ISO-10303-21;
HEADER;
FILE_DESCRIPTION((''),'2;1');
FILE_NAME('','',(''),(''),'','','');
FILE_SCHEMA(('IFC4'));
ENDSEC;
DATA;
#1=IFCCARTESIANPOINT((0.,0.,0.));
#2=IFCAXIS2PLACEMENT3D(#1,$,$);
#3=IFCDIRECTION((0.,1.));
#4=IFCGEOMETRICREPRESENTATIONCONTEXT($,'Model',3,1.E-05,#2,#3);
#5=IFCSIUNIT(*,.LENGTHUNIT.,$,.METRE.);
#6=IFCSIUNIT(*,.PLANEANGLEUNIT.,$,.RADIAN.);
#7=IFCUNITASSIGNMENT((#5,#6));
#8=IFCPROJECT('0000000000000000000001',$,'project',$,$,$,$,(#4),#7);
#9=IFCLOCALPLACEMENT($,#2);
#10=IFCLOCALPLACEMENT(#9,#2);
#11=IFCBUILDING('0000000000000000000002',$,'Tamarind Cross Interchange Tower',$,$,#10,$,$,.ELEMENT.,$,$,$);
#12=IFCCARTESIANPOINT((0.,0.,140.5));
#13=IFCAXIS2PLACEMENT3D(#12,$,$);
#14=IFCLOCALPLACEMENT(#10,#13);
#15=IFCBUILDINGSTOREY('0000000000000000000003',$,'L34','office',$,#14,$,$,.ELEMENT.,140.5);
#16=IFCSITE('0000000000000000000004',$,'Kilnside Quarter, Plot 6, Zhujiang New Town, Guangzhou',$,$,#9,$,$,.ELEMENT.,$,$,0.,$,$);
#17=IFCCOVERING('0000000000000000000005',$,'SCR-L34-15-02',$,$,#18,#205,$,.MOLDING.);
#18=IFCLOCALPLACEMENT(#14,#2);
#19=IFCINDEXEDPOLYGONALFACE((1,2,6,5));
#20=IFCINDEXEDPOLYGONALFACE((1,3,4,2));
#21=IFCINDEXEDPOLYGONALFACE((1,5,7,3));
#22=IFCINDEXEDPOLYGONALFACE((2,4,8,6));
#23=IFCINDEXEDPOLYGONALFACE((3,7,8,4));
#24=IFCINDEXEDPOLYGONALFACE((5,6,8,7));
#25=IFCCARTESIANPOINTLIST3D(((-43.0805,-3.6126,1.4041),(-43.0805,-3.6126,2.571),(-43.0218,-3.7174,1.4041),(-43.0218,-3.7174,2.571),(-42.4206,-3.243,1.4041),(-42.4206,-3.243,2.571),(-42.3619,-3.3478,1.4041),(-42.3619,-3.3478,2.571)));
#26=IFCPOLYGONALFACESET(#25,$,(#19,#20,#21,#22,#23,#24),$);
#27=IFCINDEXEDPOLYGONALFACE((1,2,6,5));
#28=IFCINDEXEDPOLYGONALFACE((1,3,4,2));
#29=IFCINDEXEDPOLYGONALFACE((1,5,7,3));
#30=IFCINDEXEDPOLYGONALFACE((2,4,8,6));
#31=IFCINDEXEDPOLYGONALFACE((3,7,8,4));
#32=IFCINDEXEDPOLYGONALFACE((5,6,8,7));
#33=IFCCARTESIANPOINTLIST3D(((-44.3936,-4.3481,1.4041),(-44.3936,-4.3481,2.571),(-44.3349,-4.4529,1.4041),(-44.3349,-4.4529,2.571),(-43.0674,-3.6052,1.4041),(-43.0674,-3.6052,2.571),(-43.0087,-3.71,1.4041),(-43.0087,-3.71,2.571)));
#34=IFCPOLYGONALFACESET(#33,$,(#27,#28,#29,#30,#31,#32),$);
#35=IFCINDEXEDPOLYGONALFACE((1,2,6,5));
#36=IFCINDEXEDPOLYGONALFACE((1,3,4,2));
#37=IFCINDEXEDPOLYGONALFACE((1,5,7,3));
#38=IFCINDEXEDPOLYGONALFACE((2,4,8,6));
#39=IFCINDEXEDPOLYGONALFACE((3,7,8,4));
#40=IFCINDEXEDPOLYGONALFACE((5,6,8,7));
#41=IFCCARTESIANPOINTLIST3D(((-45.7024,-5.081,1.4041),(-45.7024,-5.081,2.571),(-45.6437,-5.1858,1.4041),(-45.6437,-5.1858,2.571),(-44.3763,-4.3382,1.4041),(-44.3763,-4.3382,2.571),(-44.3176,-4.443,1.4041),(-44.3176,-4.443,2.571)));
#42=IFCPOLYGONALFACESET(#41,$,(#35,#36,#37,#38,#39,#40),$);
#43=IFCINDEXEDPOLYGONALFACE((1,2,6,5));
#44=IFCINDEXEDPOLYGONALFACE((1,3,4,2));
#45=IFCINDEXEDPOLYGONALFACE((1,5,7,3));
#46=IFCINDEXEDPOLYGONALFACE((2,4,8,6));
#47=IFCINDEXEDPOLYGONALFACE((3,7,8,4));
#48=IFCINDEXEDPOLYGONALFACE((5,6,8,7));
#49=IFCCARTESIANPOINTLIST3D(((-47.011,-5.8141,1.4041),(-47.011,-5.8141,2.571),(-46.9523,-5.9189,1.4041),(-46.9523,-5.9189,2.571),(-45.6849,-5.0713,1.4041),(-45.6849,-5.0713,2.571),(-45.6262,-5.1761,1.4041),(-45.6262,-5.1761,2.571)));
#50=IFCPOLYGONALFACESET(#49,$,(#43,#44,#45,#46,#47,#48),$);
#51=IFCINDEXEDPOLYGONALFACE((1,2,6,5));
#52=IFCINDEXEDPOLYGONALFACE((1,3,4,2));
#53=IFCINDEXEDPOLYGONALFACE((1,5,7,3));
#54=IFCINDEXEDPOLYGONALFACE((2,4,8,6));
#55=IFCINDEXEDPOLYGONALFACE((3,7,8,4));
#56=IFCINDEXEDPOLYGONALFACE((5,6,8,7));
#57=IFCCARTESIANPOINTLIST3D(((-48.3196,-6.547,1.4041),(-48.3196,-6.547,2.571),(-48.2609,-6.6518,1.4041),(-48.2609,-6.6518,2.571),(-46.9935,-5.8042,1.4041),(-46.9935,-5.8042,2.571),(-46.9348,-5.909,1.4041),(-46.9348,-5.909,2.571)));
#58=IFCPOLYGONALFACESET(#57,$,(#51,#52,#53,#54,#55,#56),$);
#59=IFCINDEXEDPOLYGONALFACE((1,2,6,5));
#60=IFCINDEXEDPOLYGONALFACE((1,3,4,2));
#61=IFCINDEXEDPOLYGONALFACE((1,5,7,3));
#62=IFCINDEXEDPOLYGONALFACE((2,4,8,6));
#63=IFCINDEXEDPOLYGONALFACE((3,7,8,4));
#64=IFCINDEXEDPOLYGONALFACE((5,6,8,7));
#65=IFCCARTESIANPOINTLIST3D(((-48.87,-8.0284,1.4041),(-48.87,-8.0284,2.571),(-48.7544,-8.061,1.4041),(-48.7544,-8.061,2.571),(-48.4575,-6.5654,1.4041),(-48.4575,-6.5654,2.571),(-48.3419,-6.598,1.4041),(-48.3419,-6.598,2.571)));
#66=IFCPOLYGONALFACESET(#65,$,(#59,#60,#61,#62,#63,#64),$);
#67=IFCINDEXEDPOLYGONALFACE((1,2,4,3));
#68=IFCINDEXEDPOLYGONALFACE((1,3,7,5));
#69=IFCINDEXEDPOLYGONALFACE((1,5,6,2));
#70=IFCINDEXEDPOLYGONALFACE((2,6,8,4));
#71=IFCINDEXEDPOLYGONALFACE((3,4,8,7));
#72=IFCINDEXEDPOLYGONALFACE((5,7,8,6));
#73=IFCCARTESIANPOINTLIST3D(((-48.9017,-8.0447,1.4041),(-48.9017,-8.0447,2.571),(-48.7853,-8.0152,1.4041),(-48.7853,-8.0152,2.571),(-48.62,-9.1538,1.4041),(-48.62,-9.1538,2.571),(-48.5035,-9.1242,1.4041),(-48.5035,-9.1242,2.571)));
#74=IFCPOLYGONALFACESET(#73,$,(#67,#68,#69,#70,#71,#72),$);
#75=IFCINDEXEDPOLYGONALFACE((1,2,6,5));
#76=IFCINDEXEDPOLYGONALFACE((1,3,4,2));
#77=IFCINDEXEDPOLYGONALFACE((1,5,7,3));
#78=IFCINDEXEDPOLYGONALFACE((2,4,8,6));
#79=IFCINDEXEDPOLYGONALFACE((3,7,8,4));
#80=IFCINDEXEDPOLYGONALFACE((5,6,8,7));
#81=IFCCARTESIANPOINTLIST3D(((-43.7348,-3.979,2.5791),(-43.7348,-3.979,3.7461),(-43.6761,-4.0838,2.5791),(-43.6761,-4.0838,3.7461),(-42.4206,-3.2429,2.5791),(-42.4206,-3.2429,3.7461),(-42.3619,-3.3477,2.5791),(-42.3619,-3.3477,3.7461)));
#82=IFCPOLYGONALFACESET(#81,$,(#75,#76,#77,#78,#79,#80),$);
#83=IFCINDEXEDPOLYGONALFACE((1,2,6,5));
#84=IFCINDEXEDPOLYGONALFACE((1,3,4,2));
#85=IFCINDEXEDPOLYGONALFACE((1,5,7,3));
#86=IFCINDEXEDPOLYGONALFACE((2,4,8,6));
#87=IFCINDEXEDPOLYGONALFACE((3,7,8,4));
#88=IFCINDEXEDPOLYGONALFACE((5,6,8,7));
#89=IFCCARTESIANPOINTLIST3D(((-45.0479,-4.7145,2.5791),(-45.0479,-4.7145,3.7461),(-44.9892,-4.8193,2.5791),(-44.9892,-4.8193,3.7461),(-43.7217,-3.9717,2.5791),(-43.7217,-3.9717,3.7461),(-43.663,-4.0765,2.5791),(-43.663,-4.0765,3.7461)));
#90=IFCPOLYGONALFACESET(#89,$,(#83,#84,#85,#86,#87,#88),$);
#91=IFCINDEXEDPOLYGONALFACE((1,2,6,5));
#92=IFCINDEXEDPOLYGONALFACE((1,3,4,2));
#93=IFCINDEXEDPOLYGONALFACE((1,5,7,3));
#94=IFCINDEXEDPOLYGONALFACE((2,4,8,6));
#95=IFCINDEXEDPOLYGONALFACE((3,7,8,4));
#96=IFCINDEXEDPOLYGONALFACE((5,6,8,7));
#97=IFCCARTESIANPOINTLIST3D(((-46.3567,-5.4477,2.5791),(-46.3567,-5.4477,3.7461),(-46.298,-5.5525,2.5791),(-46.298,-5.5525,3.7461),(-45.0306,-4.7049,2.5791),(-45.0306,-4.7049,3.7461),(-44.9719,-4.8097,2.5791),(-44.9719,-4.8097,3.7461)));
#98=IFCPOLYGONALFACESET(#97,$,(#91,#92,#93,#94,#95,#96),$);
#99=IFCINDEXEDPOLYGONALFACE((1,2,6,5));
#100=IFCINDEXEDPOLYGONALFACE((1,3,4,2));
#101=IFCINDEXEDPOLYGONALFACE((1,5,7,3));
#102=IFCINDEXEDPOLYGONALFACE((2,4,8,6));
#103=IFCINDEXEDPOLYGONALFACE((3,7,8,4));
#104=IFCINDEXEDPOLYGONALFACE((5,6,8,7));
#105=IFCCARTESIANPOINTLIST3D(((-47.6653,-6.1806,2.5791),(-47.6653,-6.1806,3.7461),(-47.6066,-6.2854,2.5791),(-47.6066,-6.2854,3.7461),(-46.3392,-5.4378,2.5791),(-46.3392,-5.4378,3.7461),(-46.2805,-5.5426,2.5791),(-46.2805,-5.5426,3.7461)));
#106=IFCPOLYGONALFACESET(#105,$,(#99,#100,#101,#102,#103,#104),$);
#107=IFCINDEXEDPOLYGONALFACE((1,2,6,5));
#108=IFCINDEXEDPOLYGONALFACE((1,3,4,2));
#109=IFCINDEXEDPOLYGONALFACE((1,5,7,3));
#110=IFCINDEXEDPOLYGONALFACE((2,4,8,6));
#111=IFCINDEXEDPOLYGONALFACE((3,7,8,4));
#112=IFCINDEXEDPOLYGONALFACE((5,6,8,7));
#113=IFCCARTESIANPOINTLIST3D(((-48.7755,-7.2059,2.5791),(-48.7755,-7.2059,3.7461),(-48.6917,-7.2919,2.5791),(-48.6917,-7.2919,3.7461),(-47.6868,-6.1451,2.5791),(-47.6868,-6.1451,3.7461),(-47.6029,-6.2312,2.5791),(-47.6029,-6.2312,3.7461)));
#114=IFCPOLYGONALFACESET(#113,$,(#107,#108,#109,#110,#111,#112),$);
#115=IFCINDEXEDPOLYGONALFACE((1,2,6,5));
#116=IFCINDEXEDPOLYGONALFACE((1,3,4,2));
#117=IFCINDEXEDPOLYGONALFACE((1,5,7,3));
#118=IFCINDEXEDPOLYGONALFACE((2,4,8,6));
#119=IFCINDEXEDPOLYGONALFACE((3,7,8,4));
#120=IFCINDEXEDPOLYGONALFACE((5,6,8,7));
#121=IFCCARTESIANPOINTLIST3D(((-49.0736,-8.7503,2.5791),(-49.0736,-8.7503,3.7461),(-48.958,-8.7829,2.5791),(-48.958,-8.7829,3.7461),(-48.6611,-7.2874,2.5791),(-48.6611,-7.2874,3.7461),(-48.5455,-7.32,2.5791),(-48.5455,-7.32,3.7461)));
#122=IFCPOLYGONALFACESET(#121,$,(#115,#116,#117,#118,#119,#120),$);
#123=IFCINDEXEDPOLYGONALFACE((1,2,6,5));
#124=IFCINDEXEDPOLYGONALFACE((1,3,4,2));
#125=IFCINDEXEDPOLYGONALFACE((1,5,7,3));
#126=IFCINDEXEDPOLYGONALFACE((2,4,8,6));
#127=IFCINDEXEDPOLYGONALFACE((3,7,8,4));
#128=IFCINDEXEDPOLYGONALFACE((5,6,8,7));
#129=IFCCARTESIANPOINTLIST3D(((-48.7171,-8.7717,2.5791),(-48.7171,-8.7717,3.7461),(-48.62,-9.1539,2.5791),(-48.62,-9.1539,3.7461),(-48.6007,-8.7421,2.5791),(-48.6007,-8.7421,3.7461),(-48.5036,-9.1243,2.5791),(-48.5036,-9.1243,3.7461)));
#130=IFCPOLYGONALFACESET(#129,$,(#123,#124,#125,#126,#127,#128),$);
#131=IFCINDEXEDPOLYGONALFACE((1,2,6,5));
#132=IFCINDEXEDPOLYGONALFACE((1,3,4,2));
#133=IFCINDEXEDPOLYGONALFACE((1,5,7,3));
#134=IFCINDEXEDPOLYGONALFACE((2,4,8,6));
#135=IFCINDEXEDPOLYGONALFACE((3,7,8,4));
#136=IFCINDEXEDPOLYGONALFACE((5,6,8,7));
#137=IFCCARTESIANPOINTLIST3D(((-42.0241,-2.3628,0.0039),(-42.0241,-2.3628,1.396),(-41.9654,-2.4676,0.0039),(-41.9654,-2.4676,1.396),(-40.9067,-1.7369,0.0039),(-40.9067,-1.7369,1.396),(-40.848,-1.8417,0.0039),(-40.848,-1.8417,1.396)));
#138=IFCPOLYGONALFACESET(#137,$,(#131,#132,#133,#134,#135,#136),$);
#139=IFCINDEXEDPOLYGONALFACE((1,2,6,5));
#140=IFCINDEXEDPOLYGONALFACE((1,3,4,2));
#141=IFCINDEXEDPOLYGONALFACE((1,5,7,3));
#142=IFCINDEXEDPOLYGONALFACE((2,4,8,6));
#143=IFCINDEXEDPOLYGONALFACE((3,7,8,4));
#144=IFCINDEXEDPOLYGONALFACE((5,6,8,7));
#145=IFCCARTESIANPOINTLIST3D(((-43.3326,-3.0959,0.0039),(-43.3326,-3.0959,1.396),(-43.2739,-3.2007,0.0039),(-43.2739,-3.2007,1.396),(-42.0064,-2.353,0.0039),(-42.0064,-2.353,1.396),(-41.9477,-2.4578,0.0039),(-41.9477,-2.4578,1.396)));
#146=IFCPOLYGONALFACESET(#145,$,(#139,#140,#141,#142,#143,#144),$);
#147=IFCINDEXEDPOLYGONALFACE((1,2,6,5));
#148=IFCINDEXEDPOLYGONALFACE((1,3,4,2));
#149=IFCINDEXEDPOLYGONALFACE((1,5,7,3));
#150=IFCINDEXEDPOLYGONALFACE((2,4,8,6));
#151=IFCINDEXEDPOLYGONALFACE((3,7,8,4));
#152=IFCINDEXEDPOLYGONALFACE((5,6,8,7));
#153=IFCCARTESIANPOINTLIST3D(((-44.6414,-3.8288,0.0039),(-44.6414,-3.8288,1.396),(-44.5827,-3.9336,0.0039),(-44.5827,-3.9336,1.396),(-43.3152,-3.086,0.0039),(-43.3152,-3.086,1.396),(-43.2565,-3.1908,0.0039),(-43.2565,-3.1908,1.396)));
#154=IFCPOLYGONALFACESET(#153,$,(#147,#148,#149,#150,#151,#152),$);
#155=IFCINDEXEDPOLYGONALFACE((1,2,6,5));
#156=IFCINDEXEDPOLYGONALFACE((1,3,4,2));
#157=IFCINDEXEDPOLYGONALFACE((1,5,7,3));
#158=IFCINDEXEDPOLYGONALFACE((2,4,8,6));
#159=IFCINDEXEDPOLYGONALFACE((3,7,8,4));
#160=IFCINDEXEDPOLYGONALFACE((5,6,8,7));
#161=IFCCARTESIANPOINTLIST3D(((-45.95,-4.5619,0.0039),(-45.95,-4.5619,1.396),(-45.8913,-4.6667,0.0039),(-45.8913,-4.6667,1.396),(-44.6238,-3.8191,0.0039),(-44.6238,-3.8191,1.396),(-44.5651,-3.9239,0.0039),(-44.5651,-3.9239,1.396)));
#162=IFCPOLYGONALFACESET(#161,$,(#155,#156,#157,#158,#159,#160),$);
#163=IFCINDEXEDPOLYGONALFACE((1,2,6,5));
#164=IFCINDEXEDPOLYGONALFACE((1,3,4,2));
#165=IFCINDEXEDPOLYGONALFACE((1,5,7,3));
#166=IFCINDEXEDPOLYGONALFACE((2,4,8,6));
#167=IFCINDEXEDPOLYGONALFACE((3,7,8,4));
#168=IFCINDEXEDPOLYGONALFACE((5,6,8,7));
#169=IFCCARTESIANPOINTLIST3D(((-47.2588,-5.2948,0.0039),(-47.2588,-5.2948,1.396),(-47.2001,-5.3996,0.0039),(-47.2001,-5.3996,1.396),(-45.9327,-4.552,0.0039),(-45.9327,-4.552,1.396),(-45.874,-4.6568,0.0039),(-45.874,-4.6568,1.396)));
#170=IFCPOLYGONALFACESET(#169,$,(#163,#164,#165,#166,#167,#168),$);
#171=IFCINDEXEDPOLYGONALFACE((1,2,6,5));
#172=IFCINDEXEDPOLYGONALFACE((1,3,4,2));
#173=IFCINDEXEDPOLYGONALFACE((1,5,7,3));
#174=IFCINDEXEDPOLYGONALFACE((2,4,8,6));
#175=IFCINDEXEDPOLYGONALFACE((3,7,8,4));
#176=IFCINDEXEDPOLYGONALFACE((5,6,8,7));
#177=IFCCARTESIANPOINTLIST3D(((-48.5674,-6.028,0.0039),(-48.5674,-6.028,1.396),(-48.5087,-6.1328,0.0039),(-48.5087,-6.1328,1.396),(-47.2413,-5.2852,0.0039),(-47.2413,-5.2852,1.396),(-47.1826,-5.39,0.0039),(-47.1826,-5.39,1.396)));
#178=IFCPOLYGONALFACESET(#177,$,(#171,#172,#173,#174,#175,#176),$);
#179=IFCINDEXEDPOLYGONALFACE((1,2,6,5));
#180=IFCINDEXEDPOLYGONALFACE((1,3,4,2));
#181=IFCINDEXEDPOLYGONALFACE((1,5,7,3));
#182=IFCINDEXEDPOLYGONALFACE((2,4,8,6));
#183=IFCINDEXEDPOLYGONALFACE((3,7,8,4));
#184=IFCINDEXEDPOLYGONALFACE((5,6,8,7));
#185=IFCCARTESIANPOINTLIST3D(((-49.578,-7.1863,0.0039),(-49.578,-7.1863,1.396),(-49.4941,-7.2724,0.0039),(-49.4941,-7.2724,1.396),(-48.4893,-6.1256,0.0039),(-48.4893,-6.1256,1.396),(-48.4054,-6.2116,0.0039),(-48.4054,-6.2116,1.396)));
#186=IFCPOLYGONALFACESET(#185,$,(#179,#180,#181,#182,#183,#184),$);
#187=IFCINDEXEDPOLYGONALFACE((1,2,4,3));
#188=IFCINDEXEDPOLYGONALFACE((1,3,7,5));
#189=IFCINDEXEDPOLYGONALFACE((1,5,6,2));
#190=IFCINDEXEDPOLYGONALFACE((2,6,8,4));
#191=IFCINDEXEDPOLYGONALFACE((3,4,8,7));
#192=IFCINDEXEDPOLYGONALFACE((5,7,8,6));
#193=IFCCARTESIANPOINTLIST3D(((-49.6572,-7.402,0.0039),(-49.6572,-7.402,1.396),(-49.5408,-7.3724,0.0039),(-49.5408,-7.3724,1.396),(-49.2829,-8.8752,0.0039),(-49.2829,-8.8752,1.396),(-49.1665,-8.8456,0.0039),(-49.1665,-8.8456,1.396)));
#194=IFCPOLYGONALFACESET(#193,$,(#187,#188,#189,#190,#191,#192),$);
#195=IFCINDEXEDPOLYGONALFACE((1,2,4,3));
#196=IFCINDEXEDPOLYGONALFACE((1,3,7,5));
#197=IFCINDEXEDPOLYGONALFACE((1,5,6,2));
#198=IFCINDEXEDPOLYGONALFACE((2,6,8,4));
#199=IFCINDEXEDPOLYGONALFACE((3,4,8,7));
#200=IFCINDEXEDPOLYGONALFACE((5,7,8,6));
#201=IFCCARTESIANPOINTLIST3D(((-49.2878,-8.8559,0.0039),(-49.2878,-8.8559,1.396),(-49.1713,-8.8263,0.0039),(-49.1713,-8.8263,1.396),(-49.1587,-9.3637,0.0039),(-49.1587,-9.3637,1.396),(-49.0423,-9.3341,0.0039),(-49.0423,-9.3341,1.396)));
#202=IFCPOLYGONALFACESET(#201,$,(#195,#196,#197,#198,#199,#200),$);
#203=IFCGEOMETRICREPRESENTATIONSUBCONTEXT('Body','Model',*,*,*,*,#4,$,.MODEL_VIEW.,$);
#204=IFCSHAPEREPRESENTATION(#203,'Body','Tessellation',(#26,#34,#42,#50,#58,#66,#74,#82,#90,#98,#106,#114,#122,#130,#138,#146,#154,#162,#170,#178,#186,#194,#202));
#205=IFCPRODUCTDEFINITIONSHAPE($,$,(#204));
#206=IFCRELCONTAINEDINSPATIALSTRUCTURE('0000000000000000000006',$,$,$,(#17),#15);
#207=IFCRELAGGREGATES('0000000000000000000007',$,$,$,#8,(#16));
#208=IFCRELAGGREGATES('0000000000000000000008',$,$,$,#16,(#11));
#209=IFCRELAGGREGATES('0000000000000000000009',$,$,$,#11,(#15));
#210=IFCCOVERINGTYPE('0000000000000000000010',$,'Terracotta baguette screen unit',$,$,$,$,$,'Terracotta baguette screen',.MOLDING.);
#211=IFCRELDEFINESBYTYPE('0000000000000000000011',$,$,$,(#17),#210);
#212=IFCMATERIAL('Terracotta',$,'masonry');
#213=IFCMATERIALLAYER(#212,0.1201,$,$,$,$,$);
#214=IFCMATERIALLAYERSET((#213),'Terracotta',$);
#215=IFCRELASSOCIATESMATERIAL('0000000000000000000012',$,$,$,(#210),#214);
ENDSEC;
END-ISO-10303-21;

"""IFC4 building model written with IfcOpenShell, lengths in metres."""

from ifc_helpers import new_model, si_unit, direction, frame, origin, origin_2d, place, context, subcontext, project, spatial, rectangle, extrude, material, layer, layer_set, type_object, element, save


model = new_model("IFC4")

# Units and contexts
model_context = context("Model", 3, precision=1e-05, world=origin(), true_north=direction((0.0, 1.0)))
body_context = subcontext(model_context, "Body", "Model", "MODEL_VIEW")
ifc_project = project(units=[si_unit("LENGTHUNIT", "METRE"), si_unit("PLANEANGLEUNIT", "RADIAN")], contexts=[model_context])

# Site, building, storey
site_placement = place(None, origin())
site = spatial("IfcSite", under=ifc_project, at=site_placement, Name="Kilnside Quarter, Plot 6, Zhujiang New Town, Guangzhou", CompositionType="ELEMENT", RefElevation=0.0)
building_placement = place(site_placement, origin())
building = spatial("IfcBuilding", under=site, at=building_placement, Name="Tamarind Cross Interchange Tower", CompositionType="ELEMENT")
storey_placement = place(building_placement, frame((0.0, 0.0, 140.5)))
storey = spatial("IfcBuildingStorey", under=building, at=storey_placement, Name="L34", Description="office", CompositionType="ELEMENT", Elevation=140.5)

# Covering
ifc_material_1 = material(Name="Terracotta", Category="masonry")
ifc_layer_1 = layer(ifc_material_1, 0.1201)
ifc_layer_set_1 = layer_set([ifc_layer_1], Name="Terracotta")
covering_type = type_object("IfcCoveringType", Name="Terracotta baguette screen unit", ElementType="Terracotta baguette screen", PredefinedType="MOLDING", material=ifc_layer_set_1)
covering_1_placement = place(storey_placement, origin())
element("IfcCovering", 1, at=covering_1_placement, inside=storey, type_object=covering_type, Name="SCR-L34-15-02", PredefinedType="MOLDING", context=body_context, shape_type="SweptSolid", body=[
    extrude(rectangle(XDim=0.7563, YDim=0.1201, at=origin_2d()), frame((-42.7212, -3.4802, 1.4041), z_axis=(0.0, 0.0, 1.0), x_axis=(-0.872458, -0.488688, 0.0)), (0.0, 0.0, 1.0), 1.167),
    extrude(rectangle(XDim=1.52, YDim=0.1201, at=origin_2d()), frame((-43.7012, -4.0291, 1.4041), z_axis=(0.0, 0.0, 1.0), x_axis=(-0.872458, -0.488688, 0.0)), (0.0, 0.0, 1.0), 1.167),
    extrude(rectangle(XDim=1.52, YDim=0.1201, at=origin_2d()), frame((-45.01, -4.762, 1.4041), z_axis=(0.0, 0.0, 1.0), x_axis=(-0.872458, -0.488688, 0.0)), (0.0, 0.0, 1.0), 1.167),
    extrude(rectangle(XDim=1.52, YDim=0.1201, at=origin_2d()), frame((-46.3186, -5.4951, 1.4041), z_axis=(0.0, 0.0, 1.0), x_axis=(-0.872458, -0.488688, 0.0)), (0.0, 0.0, 1.0), 1.167),
    extrude(rectangle(XDim=1.52, YDim=0.1201, at=origin_2d()), frame((-47.6272, -6.228, 1.4041), z_axis=(0.0, 0.0, 1.0), x_axis=(-0.872458, -0.488688, 0.0)), (0.0, 0.0, 1.0), 1.167),
    extrude(rectangle(XDim=1.52, YDim=0.1201, at=origin_2d()), frame((-48.606, -7.3132, 1.4041), z_axis=(0.0, 0.0, 1.0), x_axis=(-0.271367, -0.962476, 0.0)), (0.0, 0.0, 1.0), 1.167),
    extrude(rectangle(XDim=1.1443, YDim=0.1201, at=origin_2d()), frame((-48.7026, -8.5845, 1.4041), z_axis=(0.0, 0.0, 1.0), x_axis=(0.246228, -0.969212, 0.0)), (0.0, 0.0, 1.0), 1.167),
    extrude(rectangle(XDim=1.5063, YDim=0.1201, at=origin_2d()), frame((-43.0483, -3.6633, 2.5791), z_axis=(0.0, 0.0, 1.0), x_axis=(-0.872458, -0.488688, 0.0)), (0.0, 0.0, 1.0), 1.167),
    extrude(rectangle(XDim=1.52, YDim=0.1201, at=origin_2d()), frame((-44.3555, -4.3955, 2.5791), z_axis=(0.0, 0.0, 1.0), x_axis=(-0.872458, -0.488688, 0.0)), (0.0, 0.0, 1.0), 1.167),
    extrude(rectangle(XDim=1.52, YDim=0.1201, at=origin_2d()), frame((-45.6643, -5.1287, 2.5791), z_axis=(0.0, 0.0, 1.0), x_axis=(-0.872458, -0.488688, 0.0)), (0.0, 0.0, 1.0), 1.167),
    extrude(rectangle(XDim=1.52, YDim=0.1201, at=origin_2d()), frame((-46.9729, -5.8616, 2.5791), z_axis=(0.0, 0.0, 1.0), x_axis=(-0.872458, -0.488688, 0.0)), (0.0, 0.0, 1.0), 1.167),
    extrude(rectangle(XDim=1.52, YDim=0.1201, at=origin_2d()), frame((-48.1892, -6.7185, 2.5791), z_axis=(0.0, 0.0, 1.0), x_axis=(-0.716248, -0.697845, 0.0)), (0.0, 0.0, 1.0), 1.167),
    extrude(rectangle(XDim=1.52, YDim=0.1201, at=origin_2d()), frame((-48.8096, -8.0352, 2.5791), z_axis=(0.0, 0.0, 1.0), x_axis=(-0.271367, -0.962476, 0.0)), (0.0, 0.0, 1.0), 1.167),
    extrude(rectangle(XDim=0.3943, YDim=0.1201, at=origin_2d()), frame((-48.6104, -8.948, 2.5791), z_axis=(0.0, 0.0, 1.0), x_axis=(0.246228, -0.969212, 0.0)), (0.0, 0.0, 1.0), 1.167),
    extrude(rectangle(XDim=1.2808, YDim=0.1201, at=origin_2d()), frame((-41.436, -2.1023, 0.0039), z_axis=(0.0, 0.0, 1.0), x_axis=(-0.872458, -0.488688, 0.0)), (0.0, 0.0, 1.0), 1.3921),
    extrude(rectangle(XDim=1.52, YDim=0.1201, at=origin_2d()), frame((-42.6401, -2.7769, 0.0039), z_axis=(0.0, 0.0, 1.0), x_axis=(-0.872458, -0.488688, 0.0)), (0.0, 0.0, 1.0), 1.3921),
    extrude(rectangle(XDim=1.52, YDim=0.1201, at=origin_2d()), frame((-43.949, -3.5098, 0.0039), z_axis=(0.0, 0.0, 1.0), x_axis=(-0.872458, -0.488688, 0.0)), (0.0, 0.0, 1.0), 1.3921),
    extrude(rectangle(XDim=1.52, YDim=0.1201, at=origin_2d()), frame((-45.2576, -4.2429, 0.0039), z_axis=(0.0, 0.0, 1.0), x_axis=(-0.872458, -0.488688, 0.0)), (0.0, 0.0, 1.0), 1.3921),
    extrude(rectangle(XDim=1.52, YDim=0.1201, at=origin_2d()), frame((-46.5664, -4.9758, 0.0039), z_axis=(0.0, 0.0, 1.0), x_axis=(-0.872458, -0.488688, 0.0)), (0.0, 0.0, 1.0), 1.3921),
    extrude(rectangle(XDim=1.52, YDim=0.1201, at=origin_2d()), frame((-47.875, -5.709, 0.0039), z_axis=(0.0, 0.0, 1.0), x_axis=(-0.872458, -0.488688, 0.0)), (0.0, 0.0, 1.0), 1.3921),
    extrude(rectangle(XDim=1.52, YDim=0.1201, at=origin_2d()), frame((-48.9917, -6.699, 0.0039), z_axis=(0.0, 0.0, 1.0), x_axis=(-0.716248, -0.697845, 0.0)), (0.0, 0.0, 1.0), 1.3921),
    extrude(rectangle(XDim=1.52, YDim=0.1201, at=origin_2d()), frame((-49.4119, -8.1238, 0.0039), z_axis=(0.0, 0.0, 1.0), x_axis=(0.246228, -0.969212, 0.0)), (0.0, 0.0, 1.0), 1.3921),
    extrude(rectangle(XDim=0.5239, YDim=0.1201, at=origin_2d()), frame((-49.165, -9.095, 0.0039), z_axis=(0.0, 0.0, 1.0), x_axis=(0.246228, -0.969212, 0.0)), (0.0, 0.0, 1.0), 1.3921),
])

save(model, "model.ifc")
